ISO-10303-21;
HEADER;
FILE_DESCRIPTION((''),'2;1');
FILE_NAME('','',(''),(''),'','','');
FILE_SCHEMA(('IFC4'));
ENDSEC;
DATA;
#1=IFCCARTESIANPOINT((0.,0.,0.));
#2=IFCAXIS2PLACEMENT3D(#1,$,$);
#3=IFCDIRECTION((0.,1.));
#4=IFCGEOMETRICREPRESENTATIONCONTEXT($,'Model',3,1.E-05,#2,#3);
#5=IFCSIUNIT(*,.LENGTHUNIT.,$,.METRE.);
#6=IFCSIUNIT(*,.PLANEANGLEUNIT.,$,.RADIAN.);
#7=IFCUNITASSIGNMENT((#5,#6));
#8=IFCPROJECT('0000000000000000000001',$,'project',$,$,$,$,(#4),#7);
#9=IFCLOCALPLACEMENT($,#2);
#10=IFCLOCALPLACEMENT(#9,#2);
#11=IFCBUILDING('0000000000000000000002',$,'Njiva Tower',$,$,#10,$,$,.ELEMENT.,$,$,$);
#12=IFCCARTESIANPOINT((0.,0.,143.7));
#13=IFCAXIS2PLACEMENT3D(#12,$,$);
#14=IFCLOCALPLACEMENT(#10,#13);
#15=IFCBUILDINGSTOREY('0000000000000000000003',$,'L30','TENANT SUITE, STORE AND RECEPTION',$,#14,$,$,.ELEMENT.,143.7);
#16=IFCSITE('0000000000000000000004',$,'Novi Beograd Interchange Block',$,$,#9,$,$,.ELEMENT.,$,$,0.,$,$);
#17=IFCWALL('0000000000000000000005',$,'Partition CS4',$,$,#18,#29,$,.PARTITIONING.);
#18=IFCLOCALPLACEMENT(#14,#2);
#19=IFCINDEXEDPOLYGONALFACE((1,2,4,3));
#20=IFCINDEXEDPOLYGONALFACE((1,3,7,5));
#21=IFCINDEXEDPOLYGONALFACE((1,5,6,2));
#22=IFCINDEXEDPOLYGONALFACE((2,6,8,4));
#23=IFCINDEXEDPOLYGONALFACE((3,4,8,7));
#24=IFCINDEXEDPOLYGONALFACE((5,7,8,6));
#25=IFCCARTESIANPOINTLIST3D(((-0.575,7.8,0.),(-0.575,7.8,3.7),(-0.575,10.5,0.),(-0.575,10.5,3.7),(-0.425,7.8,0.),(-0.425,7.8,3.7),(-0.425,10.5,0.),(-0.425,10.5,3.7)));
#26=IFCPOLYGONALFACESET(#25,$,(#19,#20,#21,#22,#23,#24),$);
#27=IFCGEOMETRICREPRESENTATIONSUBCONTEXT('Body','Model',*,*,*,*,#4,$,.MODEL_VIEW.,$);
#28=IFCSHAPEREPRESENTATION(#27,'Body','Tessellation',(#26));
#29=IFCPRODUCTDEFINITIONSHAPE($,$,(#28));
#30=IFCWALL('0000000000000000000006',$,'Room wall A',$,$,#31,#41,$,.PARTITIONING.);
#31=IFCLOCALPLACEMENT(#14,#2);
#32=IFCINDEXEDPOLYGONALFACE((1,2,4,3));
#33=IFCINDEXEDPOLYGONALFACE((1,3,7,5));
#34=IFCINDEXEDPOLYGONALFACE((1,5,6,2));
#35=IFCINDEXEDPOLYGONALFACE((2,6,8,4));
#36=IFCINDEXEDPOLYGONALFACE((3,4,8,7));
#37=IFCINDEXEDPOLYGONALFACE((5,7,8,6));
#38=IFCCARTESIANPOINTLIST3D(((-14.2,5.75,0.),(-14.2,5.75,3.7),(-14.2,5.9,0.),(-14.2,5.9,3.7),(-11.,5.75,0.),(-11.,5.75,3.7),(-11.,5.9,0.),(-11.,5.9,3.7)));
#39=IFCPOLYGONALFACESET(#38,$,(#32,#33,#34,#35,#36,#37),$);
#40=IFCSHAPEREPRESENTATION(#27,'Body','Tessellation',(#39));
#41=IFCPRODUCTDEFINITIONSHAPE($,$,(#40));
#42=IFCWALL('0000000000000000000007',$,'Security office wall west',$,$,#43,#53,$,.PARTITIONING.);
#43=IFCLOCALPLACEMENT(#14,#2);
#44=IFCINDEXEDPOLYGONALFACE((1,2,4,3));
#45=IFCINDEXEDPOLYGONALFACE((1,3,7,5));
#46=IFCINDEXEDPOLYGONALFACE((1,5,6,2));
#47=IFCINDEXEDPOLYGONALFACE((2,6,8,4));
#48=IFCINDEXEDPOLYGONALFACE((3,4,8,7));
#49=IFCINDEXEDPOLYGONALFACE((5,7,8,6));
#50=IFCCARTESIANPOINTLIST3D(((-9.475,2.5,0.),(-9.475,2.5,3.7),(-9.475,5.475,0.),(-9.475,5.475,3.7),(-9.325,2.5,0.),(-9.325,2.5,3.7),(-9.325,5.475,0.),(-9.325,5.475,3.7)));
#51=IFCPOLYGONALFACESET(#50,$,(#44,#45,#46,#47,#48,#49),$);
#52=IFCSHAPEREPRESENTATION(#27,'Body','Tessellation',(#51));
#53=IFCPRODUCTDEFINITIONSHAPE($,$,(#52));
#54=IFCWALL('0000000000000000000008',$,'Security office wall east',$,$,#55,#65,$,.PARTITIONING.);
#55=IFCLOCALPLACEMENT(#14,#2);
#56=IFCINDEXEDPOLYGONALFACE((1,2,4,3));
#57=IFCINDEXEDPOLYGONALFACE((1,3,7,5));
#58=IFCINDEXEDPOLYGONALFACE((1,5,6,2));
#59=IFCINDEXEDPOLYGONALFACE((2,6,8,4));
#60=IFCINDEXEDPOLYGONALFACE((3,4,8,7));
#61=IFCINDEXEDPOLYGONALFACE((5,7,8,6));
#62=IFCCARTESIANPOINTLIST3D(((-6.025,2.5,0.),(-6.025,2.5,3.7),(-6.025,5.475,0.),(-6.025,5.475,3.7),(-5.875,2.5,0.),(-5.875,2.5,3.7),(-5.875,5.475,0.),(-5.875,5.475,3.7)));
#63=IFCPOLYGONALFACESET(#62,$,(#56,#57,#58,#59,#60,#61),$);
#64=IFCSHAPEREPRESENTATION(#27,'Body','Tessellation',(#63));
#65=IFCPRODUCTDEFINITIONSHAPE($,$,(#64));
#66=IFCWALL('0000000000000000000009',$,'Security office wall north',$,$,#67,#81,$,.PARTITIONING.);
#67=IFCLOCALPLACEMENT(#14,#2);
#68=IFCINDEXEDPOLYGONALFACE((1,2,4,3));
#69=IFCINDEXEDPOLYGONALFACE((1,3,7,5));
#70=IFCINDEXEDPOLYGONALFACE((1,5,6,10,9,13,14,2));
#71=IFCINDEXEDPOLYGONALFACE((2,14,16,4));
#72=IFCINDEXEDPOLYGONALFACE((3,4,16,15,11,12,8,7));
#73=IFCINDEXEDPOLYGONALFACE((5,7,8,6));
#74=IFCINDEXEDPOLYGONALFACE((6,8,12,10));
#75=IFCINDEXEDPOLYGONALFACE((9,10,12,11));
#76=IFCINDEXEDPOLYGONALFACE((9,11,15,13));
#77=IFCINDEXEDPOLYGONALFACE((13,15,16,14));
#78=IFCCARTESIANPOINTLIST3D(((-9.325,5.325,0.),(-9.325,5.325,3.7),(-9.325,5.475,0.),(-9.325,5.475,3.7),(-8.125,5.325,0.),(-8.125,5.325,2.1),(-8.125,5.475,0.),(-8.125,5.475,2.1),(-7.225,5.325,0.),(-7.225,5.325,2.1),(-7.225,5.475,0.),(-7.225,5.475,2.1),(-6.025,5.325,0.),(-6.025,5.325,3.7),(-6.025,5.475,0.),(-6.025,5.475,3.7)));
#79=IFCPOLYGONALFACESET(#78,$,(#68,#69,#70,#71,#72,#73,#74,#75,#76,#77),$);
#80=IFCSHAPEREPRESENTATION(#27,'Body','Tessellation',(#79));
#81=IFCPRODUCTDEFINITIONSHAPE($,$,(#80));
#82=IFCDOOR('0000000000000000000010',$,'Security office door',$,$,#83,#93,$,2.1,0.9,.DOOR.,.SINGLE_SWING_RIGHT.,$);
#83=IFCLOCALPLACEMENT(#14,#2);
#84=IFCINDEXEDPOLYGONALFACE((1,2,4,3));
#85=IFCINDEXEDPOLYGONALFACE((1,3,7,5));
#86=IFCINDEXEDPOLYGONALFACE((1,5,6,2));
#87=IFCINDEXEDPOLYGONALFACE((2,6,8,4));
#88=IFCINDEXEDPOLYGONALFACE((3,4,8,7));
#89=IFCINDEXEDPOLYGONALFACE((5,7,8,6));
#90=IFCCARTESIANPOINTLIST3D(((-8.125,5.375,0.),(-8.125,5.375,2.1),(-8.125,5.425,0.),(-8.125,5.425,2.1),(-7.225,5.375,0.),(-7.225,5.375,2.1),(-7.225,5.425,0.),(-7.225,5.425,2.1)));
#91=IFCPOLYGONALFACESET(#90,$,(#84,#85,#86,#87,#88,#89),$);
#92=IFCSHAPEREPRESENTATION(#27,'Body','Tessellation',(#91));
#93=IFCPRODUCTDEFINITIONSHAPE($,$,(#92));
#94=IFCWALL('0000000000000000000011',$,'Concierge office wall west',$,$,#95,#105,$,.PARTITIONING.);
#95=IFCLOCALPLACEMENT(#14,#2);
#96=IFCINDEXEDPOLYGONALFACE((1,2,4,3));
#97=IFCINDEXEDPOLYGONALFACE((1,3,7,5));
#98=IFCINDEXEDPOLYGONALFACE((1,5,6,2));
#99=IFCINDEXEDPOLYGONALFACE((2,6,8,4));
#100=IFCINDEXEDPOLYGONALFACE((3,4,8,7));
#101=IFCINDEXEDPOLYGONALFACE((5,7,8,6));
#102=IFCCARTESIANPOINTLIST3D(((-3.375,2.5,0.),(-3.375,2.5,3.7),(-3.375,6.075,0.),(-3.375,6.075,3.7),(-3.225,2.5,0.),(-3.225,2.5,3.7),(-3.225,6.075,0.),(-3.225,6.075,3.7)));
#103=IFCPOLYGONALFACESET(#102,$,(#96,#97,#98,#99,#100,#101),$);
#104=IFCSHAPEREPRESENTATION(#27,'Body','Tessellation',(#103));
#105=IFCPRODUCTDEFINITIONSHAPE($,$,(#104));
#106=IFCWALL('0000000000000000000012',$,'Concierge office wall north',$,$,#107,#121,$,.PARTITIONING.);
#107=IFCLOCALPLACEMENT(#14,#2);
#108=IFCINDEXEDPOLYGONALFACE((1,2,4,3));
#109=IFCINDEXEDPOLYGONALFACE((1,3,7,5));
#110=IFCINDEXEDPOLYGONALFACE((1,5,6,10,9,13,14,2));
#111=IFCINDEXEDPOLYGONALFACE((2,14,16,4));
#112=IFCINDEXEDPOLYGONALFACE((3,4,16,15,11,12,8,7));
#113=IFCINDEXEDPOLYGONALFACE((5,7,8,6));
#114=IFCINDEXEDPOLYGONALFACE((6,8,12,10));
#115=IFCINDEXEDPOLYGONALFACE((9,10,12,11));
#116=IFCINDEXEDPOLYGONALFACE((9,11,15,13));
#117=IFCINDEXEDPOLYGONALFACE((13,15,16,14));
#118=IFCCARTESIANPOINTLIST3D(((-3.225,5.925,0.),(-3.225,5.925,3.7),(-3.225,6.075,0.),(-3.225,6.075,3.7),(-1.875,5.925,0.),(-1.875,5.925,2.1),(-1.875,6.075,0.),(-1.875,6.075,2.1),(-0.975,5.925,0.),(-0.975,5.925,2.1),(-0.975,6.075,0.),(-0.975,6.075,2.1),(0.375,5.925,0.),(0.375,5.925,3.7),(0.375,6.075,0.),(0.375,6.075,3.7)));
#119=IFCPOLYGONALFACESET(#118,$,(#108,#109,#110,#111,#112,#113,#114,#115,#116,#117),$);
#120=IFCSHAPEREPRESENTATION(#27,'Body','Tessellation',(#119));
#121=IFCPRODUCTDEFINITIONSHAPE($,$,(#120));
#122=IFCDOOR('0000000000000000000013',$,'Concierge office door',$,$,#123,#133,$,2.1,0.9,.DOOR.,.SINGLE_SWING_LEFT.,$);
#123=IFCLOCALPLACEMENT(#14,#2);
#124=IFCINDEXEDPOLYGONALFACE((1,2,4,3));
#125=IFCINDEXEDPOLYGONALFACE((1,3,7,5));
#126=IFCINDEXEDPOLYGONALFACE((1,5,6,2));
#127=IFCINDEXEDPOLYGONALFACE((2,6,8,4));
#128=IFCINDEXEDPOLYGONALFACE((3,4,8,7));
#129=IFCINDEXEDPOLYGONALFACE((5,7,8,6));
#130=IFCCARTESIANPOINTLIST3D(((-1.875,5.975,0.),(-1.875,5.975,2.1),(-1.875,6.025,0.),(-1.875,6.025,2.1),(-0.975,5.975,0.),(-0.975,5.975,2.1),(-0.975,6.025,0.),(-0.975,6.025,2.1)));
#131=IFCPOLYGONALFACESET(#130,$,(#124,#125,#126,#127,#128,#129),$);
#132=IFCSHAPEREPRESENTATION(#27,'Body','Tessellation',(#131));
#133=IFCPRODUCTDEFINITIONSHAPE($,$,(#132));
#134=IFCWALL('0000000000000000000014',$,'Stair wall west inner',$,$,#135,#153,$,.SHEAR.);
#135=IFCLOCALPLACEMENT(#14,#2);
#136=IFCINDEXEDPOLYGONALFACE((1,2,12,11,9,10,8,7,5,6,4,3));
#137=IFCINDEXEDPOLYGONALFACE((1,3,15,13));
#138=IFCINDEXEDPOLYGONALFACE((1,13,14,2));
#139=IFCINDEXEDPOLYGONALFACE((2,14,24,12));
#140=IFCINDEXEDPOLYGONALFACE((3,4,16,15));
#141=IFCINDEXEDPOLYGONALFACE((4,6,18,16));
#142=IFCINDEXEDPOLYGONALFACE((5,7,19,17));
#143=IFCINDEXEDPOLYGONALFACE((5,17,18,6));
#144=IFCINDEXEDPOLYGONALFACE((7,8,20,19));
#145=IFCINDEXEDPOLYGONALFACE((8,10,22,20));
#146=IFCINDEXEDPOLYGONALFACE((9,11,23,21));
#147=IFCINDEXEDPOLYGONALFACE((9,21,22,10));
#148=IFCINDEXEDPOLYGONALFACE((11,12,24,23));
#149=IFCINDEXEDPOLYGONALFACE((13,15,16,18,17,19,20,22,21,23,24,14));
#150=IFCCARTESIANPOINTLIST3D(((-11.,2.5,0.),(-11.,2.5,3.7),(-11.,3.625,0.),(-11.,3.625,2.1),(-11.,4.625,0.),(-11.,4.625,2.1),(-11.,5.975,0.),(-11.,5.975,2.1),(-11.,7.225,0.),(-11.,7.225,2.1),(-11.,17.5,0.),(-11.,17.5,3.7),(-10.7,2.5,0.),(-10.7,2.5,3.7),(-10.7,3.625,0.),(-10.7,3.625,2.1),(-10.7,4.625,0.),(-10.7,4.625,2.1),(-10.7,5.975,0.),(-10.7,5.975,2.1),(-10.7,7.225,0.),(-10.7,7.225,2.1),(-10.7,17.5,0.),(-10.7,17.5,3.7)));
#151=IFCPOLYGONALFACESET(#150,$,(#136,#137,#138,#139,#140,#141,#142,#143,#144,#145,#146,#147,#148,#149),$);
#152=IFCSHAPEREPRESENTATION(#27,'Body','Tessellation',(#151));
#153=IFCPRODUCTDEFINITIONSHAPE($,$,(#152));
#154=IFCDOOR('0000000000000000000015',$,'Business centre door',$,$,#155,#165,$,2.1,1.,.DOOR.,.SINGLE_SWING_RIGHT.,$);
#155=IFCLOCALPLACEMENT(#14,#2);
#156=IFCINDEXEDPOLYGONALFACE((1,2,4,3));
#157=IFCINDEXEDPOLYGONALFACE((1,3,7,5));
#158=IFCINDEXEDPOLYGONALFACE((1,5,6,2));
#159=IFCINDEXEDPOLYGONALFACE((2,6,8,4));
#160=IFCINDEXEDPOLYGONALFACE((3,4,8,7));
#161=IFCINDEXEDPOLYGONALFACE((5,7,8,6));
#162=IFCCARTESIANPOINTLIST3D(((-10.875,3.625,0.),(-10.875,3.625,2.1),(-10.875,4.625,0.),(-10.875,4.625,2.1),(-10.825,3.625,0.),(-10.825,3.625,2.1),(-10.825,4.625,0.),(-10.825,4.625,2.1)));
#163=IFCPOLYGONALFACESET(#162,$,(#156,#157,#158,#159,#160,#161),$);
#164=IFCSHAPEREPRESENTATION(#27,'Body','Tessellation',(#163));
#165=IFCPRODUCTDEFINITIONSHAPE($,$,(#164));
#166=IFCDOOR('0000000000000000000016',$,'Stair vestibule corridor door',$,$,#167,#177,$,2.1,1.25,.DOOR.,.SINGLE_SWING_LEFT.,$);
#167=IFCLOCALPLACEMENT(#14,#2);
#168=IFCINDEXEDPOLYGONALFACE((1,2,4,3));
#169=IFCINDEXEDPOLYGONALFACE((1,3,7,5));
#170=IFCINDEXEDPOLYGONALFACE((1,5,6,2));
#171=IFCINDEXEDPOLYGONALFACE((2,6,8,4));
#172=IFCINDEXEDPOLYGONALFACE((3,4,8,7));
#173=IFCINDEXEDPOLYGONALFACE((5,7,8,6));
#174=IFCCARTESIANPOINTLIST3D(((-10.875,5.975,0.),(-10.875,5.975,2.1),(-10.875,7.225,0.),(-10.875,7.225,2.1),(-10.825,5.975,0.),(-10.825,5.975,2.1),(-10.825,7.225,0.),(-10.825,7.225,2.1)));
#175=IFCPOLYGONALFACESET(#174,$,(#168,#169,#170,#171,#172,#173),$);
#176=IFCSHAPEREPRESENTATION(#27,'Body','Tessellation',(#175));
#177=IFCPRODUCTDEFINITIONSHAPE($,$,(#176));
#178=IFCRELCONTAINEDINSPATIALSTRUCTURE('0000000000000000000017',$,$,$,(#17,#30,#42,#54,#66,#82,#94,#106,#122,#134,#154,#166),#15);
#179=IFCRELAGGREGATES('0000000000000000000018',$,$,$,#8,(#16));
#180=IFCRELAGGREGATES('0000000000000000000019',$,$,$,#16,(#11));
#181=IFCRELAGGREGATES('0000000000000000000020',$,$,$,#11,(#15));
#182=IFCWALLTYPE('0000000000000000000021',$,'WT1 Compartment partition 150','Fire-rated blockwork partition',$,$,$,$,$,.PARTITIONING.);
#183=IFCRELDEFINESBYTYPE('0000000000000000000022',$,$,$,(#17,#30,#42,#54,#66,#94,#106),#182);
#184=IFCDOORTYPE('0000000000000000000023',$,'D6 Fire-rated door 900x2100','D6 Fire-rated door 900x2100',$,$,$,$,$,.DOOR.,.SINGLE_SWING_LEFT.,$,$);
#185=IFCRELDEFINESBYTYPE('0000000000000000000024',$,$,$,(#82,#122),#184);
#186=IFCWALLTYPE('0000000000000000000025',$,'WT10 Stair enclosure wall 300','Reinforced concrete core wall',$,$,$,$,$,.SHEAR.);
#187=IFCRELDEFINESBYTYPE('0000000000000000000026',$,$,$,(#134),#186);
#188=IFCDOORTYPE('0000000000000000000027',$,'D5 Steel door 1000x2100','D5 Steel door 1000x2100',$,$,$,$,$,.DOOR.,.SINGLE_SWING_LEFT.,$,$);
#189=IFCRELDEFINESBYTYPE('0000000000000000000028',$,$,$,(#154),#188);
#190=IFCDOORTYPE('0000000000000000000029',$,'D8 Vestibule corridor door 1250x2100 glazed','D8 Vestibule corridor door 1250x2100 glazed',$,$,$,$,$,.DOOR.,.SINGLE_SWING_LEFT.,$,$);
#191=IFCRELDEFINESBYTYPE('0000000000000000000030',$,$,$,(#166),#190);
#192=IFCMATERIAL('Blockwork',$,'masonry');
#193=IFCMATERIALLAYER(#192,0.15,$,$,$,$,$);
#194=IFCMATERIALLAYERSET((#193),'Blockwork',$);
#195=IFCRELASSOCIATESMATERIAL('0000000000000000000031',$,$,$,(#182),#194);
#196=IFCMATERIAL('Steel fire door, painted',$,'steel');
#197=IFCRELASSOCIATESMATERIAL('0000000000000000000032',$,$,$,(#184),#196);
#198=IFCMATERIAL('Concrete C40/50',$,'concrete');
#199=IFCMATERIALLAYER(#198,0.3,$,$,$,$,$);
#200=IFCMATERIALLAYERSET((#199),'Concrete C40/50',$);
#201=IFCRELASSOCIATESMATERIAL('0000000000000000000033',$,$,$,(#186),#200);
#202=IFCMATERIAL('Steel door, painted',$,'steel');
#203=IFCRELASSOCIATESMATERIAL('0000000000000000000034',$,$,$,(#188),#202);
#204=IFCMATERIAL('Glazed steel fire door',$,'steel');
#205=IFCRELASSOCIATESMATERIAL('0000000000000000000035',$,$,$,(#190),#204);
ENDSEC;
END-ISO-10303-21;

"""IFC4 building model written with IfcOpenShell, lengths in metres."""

from ifc_helpers import new_model, si_unit, direction, frame, frame_2d, origin, place, context, subcontext, project, spatial, rectangle, extrude, material, layer, layer_set, type_object, element, fill, save


model = new_model("IFC4")

# Units and contexts
model_context = context("Model", 3, precision=1e-05, world=origin(), true_north=direction((0.0, 1.0)))
body_context = subcontext(model_context, "Body", "Model", "MODEL_VIEW")
ifc_project = project(units=[si_unit("LENGTHUNIT", "METRE"), si_unit("PLANEANGLEUNIT", "RADIAN")], contexts=[model_context])

# Site, building, storey
site_placement = place(None, origin())
site = spatial("IfcSite", under=ifc_project, at=site_placement, Name="Novi Beograd Interchange Block", CompositionType="ELEMENT", RefElevation=0.0)
building_placement = place(site_placement, origin())
building = spatial("IfcBuilding", under=site, at=building_placement, Name="Njiva Tower", CompositionType="ELEMENT")
storey_placement = place(building_placement, frame((0.0, 0.0, 143.7)))
storey = spatial("IfcBuildingStorey", under=building, at=storey_placement, Name="L30", Description="TENANT SUITE, STORE AND RECEPTION", CompositionType="ELEMENT", Elevation=143.7)

# Walls
ifc_material_1 = material(Name="Blockwork", Category="masonry")
ifc_layer_1 = layer(ifc_material_1, 0.15)
ifc_layer_set_1 = layer_set([ifc_layer_1], Name="Blockwork")
wall_type_1 = type_object("IfcWallType", Name="WT1 Compartment partition 150", Description="Fire-rated blockwork partition", PredefinedType="PARTITIONING", material=ifc_layer_set_1)
wall_1_placement = place(storey_placement, frame((-0.5, 7.8, 0.0), z_axis=(0.0, 0.0, 1.0), x_axis=(0.0, 1.0, 0.0)))
element("IfcWall", 1, at=wall_1_placement, inside=storey, type_object=wall_type_1, Name="Partition CS4", PredefinedType="PARTITIONING", context=body_context, shape_type="SweptSolid", body=[
    extrude(rectangle(XDim=2.7, YDim=0.15, at=frame_2d((1.35, 0.0))), origin(), (0.0, 0.0, 1.0), 3.7),
])
wall_2_placement = place(storey_placement, frame((-14.2, 5.825, 0.0), z_axis=(0.0, 0.0, 1.0), x_axis=(1.0, 0.0, 0.0)))
element("IfcWall", 2, at=wall_2_placement, inside=storey, type_object=wall_type_1, Name="Room wall A", PredefinedType="PARTITIONING", context=body_context, shape_type="SweptSolid", body=[
    extrude(rectangle(XDim=3.2, YDim=0.15, at=frame_2d((1.6, 0.0))), origin(), (0.0, 0.0, 1.0), 3.7),
])
for number, where, z_axis, x_axis, name in (
    (3, (-9.4, 2.5, 0.0), (0.0, 0.0, 1.0), (0.0, 1.0, 0.0), "Security office wall west"),
    (4, (-5.95, 2.5, 0.0), (0.0, 0.0, 1.0), (0.0, 1.0, 0.0), "Security office wall east"),
):
    element("IfcWall", number, at=place(storey_placement, frame(where, z_axis=z_axis, x_axis=x_axis)), inside=storey, type_object=wall_type_1, Name=name, PredefinedType="PARTITIONING", context=body_context, shape_type="SweptSolid", body=[
        extrude(rectangle(XDim=2.975, YDim=0.15, at=frame_2d((1.4875, 0.0))), origin(), (0.0, 0.0, 1.0), 3.7),
    ])

# Wall, opening, door
wall_3_placement = place(storey_placement, frame((-9.325, 5.4, 0.0), z_axis=(0.0, 0.0, 1.0), x_axis=(1.0, 0.0, 0.0)))
wall_3 = element("IfcWall", 5, at=wall_3_placement, inside=storey, type_object=wall_type_1, Name="Security office wall north", PredefinedType="PARTITIONING", context=body_context, shape_type="SweptSolid", body=[
    extrude(rectangle(XDim=3.3, YDim=0.15, at=frame_2d((1.65, 0.0))), origin(), (0.0, 0.0, 1.0), 3.7),
])
opening_1_placement = place(wall_3_placement, frame((1.2, 0.0, 0.0)))
opening_1 = element("IfcOpeningElement", 6, at=opening_1_placement, cuts=wall_3, PredefinedType="OPENING", context=body_context, shape_type="SweptSolid", body=[
    extrude(rectangle(XDim=0.9, YDim=2.1, at=frame_2d((0.45, 1.05))), frame((0.0, 0.085, 0.0), z_axis=(0.0, -1.0, 0.0), x_axis=(1.0, 0.0, 0.0)), (0.0, 0.0, 1.0), 0.17),
])
ifc_material_2 = material(Name="Steel fire door, painted", Category="steel")
door_type_1 = type_object("IfcDoorType", Name="D6 Fire-rated door 900x2100", Description="D6 Fire-rated door 900x2100", OperationType="SINGLE_SWING_LEFT", PredefinedType="DOOR", material=ifc_material_2)
door_1_placement = place(opening_1_placement, origin())
door_1 = element("IfcDoor", 7, at=door_1_placement, inside=storey, type_object=door_type_1, Name="Security office door", OperationType="SINGLE_SWING_RIGHT", OverallHeight=2.1, OverallWidth=0.9, PredefinedType="DOOR", context=body_context, shape_type="SweptSolid", body=[
    extrude(rectangle(XDim=0.9, YDim=2.1, at=frame_2d((0.45, 1.05))), frame((0.0, 0.025, 0.0), z_axis=(0.0, -1.0, 0.0), x_axis=(1.0, 0.0, 0.0)), (0.0, 0.0, 1.0), 0.05),
])
fill(opening_1, door_1)

# Wall
wall_4_placement = place(storey_placement, frame((-3.3, 2.5, 0.0), z_axis=(0.0, 0.0, 1.0), x_axis=(0.0, 1.0, 0.0)))
element("IfcWall", 8, at=wall_4_placement, inside=storey, type_object=wall_type_1, Name="Concierge office wall west", PredefinedType="PARTITIONING", context=body_context, shape_type="SweptSolid", body=[
    extrude(rectangle(XDim=3.575, YDim=0.15, at=frame_2d((1.7875, 0.0))), origin(), (0.0, 0.0, 1.0), 3.7),
])

# Wall, opening, door
wall_5_placement = place(storey_placement, frame((-3.225, 6.0, 0.0), z_axis=(0.0, 0.0, 1.0), x_axis=(1.0, 0.0, 0.0)))
wall_5 = element("IfcWall", 9, at=wall_5_placement, inside=storey, type_object=wall_type_1, Name="Concierge office wall north", PredefinedType="PARTITIONING", context=body_context, shape_type="SweptSolid", body=[
    extrude(rectangle(XDim=3.6, YDim=0.15, at=frame_2d((1.8, 0.0))), origin(), (0.0, 0.0, 1.0), 3.7),
])
opening_2_placement = place(wall_5_placement, frame((1.35, 0.0, 0.0)))
opening_2 = element("IfcOpeningElement", 10, at=opening_2_placement, cuts=wall_5, PredefinedType="OPENING", context=body_context, shape_type="SweptSolid", body=[
    extrude(rectangle(XDim=0.9, YDim=2.1, at=frame_2d((0.45, 1.05))), frame((0.0, 0.085, 0.0), z_axis=(0.0, -1.0, 0.0), x_axis=(1.0, 0.0, 0.0)), (0.0, 0.0, 1.0), 0.17),
])
door_2_placement = place(opening_2_placement, origin())
door_2 = element("IfcDoor", 11, at=door_2_placement, inside=storey, type_object=door_type_1, Name="Concierge office door", OperationType="SINGLE_SWING_LEFT", OverallHeight=2.1, OverallWidth=0.9, PredefinedType="DOOR", context=body_context, shape_type="SweptSolid", body=[
    extrude(rectangle(XDim=0.9, YDim=2.1, at=frame_2d((0.45, 1.05))), frame((0.0, 0.025, 0.0), z_axis=(0.0, -1.0, 0.0), x_axis=(1.0, 0.0, 0.0)), (0.0, 0.0, 1.0), 0.05),
])
fill(opening_2, door_2)

# Wall, openings, doors
ifc_material_3 = material(Name="Concrete C40/50", Category="concrete")
ifc_layer_2 = layer(ifc_material_3, 0.3)
ifc_layer_set_2 = layer_set([ifc_layer_2], Name="Concrete C40/50")
wall_type_2 = type_object("IfcWallType", Name="WT10 Stair enclosure wall 300", Description="Reinforced concrete core wall", PredefinedType="SHEAR", material=ifc_layer_set_2)
wall_6_placement = place(storey_placement, frame((-10.85, 2.5, 0.0), z_axis=(0.0, 0.0, 1.0), x_axis=(0.0, 1.0, 0.0)))
wall_6 = element("IfcWall", 12, at=wall_6_placement, inside=storey, type_object=wall_type_2, Name="Stair wall west inner", PredefinedType="SHEAR", context=body_context, shape_type="SweptSolid", body=[
    extrude(rectangle(XDim=15.0, YDim=0.3, at=frame_2d((7.5, 0.0))), origin(), (0.0, 0.0, 1.0), 3.7),
])
opening_3_placement = place(wall_6_placement, frame((3.475, 0.0, 0.0)))
opening_3 = element("IfcOpeningElement", 13, at=opening_3_placement, cuts=wall_6, PredefinedType="OPENING", context=body_context, shape_type="SweptSolid", body=[
    extrude(rectangle(XDim=1.25, YDim=2.1, at=frame_2d((0.625, 1.05))), frame((0.0, 0.16, 0.0), z_axis=(0.0, -1.0, 0.0), x_axis=(1.0, 0.0, 0.0)), (0.0, 0.0, 1.0), 0.32),
])
opening_4_placement = place(wall_6_placement, frame((1.125, 0.0, 0.0)))
opening_4 = element("IfcOpeningElement", 14, at=opening_4_placement, cuts=wall_6, PredefinedType="OPENING", context=body_context, shape_type="SweptSolid", body=[
    extrude(rectangle(XDim=1.0, YDim=2.1, at=frame_2d((0.5, 1.05))), frame((0.0, 0.16, 0.0), z_axis=(0.0, -1.0, 0.0), x_axis=(1.0, 0.0, 0.0)), (0.0, 0.0, 1.0), 0.32),
])
ifc_material_4 = material(Name="Steel door, painted", Category="steel")
door_type_2 = type_object("IfcDoorType", Name="D5 Steel door 1000x2100", Description="D5 Steel door 1000x2100", OperationType="SINGLE_SWING_LEFT", PredefinedType="DOOR", material=ifc_material_4)
door_3_placement = place(opening_4_placement, origin())
door_3 = element("IfcDoor", 15, at=door_3_placement, inside=storey, type_object=door_type_2, Name="Business centre door", OperationType="SINGLE_SWING_RIGHT", OverallHeight=2.1, OverallWidth=1.0, PredefinedType="DOOR", context=body_context, shape_type="SweptSolid", body=[
    extrude(rectangle(XDim=1.0, YDim=2.1, at=frame_2d((0.5, 1.05))), frame((0.0, 0.025, 0.0), z_axis=(0.0, -1.0, 0.0), x_axis=(1.0, 0.0, 0.0)), (0.0, 0.0, 1.0), 0.05),
])
fill(opening_4, door_3)
ifc_material_5 = material(Name="Glazed steel fire door", Category="steel")
door_type_3 = type_object("IfcDoorType", Name="D8 Vestibule corridor door 1250x2100 glazed", Description="D8 Vestibule corridor door 1250x2100 glazed", OperationType="SINGLE_SWING_LEFT", PredefinedType="DOOR", material=ifc_material_5)
door_4_placement = place(opening_3_placement, origin())
door_4 = element("IfcDoor", 16, at=door_4_placement, inside=storey, type_object=door_type_3, Name="Stair vestibule corridor door", OperationType="SINGLE_SWING_LEFT", OverallHeight=2.1, OverallWidth=1.25, PredefinedType="DOOR", context=body_context, shape_type="SweptSolid", body=[
    extrude(rectangle(XDim=1.25, YDim=2.1, at=frame_2d((0.625, 1.05))), frame((0.0, 0.025, 0.0), z_axis=(0.0, -1.0, 0.0), x_axis=(1.0, 0.0, 0.0)), (0.0, 0.0, 1.0), 0.05),
])
fill(opening_3, door_4)

save(model, "model.ifc")
